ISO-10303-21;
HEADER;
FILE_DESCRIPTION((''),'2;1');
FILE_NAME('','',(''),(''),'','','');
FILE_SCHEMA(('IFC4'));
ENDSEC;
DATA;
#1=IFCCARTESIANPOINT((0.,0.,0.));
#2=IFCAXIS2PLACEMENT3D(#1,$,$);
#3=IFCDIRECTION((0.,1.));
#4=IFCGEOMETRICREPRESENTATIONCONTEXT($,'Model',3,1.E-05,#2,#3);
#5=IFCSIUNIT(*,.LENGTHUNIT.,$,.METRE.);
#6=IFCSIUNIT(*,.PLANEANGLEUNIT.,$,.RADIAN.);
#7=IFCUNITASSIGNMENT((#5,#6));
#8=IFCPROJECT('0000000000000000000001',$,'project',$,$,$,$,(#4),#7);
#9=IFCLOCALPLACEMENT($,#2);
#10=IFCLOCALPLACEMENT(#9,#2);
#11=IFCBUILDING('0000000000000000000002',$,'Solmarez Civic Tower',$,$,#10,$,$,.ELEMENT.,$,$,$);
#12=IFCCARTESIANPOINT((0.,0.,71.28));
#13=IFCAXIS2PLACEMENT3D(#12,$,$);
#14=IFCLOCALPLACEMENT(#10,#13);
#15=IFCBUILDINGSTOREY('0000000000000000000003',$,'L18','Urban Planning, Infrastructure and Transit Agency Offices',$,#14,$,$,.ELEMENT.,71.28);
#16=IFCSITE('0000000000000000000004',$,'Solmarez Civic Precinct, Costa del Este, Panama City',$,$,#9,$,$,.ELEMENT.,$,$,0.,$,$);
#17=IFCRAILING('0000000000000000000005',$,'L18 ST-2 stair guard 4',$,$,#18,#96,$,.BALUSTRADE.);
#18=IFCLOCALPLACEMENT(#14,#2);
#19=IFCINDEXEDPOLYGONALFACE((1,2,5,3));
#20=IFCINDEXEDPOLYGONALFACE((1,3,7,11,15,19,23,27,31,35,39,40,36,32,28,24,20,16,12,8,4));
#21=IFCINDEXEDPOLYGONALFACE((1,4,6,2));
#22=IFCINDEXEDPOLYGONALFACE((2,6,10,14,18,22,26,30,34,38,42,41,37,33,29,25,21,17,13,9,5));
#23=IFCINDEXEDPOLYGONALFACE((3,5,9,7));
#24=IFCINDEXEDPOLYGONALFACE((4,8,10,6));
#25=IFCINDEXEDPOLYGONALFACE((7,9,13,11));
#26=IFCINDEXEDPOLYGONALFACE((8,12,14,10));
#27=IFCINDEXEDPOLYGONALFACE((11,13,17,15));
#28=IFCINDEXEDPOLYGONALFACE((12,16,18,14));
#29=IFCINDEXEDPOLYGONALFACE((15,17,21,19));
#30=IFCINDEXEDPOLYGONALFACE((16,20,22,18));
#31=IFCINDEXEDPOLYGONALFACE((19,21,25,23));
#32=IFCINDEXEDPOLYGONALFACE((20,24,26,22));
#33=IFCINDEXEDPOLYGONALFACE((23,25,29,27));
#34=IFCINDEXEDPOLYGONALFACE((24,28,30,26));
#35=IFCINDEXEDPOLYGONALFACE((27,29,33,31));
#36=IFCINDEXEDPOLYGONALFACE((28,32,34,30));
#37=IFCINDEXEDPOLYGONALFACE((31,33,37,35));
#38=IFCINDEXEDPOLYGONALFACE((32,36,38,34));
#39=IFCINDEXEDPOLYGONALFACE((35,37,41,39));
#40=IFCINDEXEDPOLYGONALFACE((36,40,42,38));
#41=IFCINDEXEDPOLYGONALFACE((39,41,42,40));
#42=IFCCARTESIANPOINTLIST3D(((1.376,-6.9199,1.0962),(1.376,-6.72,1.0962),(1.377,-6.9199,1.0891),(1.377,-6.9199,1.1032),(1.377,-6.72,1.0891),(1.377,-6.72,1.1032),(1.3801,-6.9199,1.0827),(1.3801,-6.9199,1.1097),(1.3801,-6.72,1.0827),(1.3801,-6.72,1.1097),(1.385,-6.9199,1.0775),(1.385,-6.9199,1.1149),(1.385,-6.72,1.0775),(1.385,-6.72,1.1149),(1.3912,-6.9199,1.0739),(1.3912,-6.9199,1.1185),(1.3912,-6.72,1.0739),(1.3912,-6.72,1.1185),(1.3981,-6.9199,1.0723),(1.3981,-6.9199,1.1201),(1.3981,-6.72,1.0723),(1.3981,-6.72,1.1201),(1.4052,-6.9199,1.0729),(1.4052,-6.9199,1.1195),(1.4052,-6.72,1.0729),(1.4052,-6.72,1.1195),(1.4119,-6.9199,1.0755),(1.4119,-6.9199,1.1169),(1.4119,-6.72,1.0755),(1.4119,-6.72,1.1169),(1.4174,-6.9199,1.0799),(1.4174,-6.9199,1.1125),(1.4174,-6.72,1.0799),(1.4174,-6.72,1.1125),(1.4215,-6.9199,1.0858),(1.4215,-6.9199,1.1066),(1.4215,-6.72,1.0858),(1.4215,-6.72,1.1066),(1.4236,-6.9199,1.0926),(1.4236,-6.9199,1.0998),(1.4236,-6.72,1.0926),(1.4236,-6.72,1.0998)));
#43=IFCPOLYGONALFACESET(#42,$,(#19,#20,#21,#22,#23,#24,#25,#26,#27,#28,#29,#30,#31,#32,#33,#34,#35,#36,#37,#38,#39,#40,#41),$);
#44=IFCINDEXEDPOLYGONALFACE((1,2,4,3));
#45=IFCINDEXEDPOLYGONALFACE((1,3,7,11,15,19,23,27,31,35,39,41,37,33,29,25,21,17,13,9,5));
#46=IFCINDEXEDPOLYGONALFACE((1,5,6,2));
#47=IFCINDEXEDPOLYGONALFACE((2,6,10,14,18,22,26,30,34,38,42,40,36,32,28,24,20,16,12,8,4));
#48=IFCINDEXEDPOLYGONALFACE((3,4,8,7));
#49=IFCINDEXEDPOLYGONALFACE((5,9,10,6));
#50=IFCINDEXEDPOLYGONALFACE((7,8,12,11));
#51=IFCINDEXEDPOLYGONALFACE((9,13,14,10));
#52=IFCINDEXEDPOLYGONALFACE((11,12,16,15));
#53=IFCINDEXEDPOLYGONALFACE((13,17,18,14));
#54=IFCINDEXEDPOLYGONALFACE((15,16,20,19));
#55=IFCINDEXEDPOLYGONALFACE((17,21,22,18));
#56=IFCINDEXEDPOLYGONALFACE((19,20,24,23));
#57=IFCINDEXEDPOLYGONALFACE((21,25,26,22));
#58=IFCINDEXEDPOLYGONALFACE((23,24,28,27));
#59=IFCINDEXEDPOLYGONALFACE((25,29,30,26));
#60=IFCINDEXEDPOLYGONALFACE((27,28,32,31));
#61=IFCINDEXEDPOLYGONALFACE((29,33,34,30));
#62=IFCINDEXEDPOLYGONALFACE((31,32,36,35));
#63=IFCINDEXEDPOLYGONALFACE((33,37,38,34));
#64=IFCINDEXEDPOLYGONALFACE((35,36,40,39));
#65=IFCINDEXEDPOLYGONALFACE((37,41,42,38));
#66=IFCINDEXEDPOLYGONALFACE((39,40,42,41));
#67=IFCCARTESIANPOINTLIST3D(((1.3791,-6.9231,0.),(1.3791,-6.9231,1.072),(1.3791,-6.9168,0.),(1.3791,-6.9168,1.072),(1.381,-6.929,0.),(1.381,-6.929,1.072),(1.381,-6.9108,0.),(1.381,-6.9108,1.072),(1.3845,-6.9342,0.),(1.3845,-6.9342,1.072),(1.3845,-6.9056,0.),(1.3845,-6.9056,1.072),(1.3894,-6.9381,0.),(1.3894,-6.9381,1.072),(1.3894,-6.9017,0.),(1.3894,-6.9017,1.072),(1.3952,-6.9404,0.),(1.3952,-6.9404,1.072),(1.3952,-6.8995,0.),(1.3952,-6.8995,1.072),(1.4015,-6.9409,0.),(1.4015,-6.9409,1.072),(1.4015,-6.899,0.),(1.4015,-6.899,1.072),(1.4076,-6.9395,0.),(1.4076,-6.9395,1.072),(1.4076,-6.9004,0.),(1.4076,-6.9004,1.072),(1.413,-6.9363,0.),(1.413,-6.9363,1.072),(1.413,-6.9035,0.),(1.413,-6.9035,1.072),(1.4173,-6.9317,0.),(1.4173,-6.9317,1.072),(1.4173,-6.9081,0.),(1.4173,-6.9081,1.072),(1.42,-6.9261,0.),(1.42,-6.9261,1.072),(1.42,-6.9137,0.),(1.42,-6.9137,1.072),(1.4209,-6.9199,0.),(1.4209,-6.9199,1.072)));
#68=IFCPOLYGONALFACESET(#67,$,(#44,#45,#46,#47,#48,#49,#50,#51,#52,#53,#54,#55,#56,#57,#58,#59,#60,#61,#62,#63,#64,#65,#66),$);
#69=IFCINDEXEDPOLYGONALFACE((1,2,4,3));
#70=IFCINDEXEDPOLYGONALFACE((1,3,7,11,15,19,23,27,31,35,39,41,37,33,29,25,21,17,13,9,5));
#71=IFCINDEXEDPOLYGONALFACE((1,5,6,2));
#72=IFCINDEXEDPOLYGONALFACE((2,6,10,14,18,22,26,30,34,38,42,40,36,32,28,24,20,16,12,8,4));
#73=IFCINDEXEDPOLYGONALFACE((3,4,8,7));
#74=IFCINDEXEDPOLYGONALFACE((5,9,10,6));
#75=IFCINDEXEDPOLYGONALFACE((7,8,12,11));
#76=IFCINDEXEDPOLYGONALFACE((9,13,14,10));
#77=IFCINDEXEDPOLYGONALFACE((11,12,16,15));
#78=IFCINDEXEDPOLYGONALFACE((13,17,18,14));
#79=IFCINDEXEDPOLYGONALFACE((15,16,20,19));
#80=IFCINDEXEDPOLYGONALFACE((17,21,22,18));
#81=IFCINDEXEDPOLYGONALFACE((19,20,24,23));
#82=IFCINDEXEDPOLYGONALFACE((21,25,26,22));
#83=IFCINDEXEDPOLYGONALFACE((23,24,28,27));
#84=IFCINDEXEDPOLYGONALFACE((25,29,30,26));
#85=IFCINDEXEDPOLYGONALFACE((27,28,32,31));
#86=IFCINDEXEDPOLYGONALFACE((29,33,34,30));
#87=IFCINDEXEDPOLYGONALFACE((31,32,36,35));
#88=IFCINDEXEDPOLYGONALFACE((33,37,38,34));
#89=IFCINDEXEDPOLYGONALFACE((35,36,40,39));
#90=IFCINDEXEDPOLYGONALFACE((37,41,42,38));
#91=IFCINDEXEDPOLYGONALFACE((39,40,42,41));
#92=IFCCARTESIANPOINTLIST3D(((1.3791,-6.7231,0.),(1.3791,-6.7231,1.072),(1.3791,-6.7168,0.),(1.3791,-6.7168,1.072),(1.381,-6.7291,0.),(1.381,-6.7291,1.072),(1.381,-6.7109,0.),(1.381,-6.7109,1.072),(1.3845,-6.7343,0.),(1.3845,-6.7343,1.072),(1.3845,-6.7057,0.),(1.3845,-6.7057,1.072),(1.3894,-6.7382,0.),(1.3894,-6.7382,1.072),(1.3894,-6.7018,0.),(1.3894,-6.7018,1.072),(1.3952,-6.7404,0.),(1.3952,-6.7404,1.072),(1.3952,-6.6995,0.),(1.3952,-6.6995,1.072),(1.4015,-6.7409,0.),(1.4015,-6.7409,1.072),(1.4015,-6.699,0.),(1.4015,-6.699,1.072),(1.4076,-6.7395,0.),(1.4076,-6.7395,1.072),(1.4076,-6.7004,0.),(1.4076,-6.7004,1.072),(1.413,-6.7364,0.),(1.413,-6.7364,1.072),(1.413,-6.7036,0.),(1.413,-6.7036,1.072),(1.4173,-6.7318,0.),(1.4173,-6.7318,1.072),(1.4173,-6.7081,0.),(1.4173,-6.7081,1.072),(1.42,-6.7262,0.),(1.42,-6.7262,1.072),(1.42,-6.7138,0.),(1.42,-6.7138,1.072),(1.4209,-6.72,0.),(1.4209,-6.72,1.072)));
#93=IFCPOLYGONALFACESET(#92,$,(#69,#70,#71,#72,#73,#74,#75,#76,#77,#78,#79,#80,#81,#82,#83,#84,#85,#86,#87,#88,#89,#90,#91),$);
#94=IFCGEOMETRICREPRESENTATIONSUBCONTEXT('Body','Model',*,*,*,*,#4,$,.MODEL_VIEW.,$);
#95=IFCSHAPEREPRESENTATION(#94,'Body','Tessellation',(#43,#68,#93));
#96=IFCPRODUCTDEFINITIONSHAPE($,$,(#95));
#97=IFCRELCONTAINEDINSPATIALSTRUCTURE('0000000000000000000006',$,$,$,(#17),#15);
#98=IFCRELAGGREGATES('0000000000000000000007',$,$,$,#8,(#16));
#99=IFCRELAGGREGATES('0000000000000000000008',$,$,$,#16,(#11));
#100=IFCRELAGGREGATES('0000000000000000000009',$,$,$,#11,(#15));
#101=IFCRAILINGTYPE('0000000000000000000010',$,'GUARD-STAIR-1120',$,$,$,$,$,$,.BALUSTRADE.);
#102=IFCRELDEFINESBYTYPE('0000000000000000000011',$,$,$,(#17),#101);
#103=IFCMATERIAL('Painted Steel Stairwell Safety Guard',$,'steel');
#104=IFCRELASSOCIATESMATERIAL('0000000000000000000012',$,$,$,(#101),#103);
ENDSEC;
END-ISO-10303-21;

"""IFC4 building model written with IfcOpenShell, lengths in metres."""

from ifc_helpers import new_model, si_unit, direction, frame, origin, origin_2d, place, context, subcontext, project, spatial, circle, extrude, material, type_object, element, save


model = new_model("IFC4")

# Units and contexts
model_context = context("Model", 3, precision=1e-05, world=origin(), true_north=direction((0.0, 1.0)))
body_context = subcontext(model_context, "Body", "Model", "MODEL_VIEW")
ifc_project = project(units=[si_unit("LENGTHUNIT", "METRE"), si_unit("PLANEANGLEUNIT", "RADIAN")], contexts=[model_context])

# Site, building, storey
site_placement = place(None, origin())
site = spatial("IfcSite", under=ifc_project, at=site_placement, Name="Solmarez Civic Precinct, Costa del Este, Panama City", CompositionType="ELEMENT", RefElevation=0.0)
building_placement = place(site_placement, origin())
building = spatial("IfcBuilding", under=site, at=building_placement, Name="Solmarez Civic Tower", CompositionType="ELEMENT")
storey_placement = place(building_placement, frame((0.0, 0.0, 71.28)))
storey = spatial("IfcBuildingStorey", under=building, at=storey_placement, Name="L18", Description="Urban Planning, Infrastructure and Transit Agency Offices", CompositionType="ELEMENT", Elevation=71.28)

# Railing
ifc_material_1 = material(Name="Painted Steel Stairwell Safety Guard", Category="steel")
railing_type_1 = type_object("IfcRailingType", Name="GUARD-STAIR-1120", PredefinedType="BALUSTRADE", material=ifc_material_1)
railing_1_placement = place(storey_placement, frame((1.3999, -6.9199, 0.0)))
element("IfcRailing", 1, at=railing_1_placement, inside=storey, type_object=railing_type_1, Name="L18 ST-2 stair guard 4", PredefinedType="BALUSTRADE", context=body_context, shape_type="SweptSolid", body=[
    extrude(circle(Radius=0.0239, at=origin_2d()), frame((0.0, 0.0, 1.0962), z_axis=(0.0, 1.0, 0.0), x_axis=(-1.0, 0.0, 0.0)), (0.0, 0.0, 1.0), 0.2),
    extrude(circle(Radius=0.021, at=origin_2d()), origin(), (0.0, 0.0, 1.0), 1.072),
    extrude(circle(Radius=0.021, at=origin_2d()), frame((0.0, 0.2, 0.0)), (0.0, 0.0, 1.0), 1.072),
])

save(model, "model.ifc")
